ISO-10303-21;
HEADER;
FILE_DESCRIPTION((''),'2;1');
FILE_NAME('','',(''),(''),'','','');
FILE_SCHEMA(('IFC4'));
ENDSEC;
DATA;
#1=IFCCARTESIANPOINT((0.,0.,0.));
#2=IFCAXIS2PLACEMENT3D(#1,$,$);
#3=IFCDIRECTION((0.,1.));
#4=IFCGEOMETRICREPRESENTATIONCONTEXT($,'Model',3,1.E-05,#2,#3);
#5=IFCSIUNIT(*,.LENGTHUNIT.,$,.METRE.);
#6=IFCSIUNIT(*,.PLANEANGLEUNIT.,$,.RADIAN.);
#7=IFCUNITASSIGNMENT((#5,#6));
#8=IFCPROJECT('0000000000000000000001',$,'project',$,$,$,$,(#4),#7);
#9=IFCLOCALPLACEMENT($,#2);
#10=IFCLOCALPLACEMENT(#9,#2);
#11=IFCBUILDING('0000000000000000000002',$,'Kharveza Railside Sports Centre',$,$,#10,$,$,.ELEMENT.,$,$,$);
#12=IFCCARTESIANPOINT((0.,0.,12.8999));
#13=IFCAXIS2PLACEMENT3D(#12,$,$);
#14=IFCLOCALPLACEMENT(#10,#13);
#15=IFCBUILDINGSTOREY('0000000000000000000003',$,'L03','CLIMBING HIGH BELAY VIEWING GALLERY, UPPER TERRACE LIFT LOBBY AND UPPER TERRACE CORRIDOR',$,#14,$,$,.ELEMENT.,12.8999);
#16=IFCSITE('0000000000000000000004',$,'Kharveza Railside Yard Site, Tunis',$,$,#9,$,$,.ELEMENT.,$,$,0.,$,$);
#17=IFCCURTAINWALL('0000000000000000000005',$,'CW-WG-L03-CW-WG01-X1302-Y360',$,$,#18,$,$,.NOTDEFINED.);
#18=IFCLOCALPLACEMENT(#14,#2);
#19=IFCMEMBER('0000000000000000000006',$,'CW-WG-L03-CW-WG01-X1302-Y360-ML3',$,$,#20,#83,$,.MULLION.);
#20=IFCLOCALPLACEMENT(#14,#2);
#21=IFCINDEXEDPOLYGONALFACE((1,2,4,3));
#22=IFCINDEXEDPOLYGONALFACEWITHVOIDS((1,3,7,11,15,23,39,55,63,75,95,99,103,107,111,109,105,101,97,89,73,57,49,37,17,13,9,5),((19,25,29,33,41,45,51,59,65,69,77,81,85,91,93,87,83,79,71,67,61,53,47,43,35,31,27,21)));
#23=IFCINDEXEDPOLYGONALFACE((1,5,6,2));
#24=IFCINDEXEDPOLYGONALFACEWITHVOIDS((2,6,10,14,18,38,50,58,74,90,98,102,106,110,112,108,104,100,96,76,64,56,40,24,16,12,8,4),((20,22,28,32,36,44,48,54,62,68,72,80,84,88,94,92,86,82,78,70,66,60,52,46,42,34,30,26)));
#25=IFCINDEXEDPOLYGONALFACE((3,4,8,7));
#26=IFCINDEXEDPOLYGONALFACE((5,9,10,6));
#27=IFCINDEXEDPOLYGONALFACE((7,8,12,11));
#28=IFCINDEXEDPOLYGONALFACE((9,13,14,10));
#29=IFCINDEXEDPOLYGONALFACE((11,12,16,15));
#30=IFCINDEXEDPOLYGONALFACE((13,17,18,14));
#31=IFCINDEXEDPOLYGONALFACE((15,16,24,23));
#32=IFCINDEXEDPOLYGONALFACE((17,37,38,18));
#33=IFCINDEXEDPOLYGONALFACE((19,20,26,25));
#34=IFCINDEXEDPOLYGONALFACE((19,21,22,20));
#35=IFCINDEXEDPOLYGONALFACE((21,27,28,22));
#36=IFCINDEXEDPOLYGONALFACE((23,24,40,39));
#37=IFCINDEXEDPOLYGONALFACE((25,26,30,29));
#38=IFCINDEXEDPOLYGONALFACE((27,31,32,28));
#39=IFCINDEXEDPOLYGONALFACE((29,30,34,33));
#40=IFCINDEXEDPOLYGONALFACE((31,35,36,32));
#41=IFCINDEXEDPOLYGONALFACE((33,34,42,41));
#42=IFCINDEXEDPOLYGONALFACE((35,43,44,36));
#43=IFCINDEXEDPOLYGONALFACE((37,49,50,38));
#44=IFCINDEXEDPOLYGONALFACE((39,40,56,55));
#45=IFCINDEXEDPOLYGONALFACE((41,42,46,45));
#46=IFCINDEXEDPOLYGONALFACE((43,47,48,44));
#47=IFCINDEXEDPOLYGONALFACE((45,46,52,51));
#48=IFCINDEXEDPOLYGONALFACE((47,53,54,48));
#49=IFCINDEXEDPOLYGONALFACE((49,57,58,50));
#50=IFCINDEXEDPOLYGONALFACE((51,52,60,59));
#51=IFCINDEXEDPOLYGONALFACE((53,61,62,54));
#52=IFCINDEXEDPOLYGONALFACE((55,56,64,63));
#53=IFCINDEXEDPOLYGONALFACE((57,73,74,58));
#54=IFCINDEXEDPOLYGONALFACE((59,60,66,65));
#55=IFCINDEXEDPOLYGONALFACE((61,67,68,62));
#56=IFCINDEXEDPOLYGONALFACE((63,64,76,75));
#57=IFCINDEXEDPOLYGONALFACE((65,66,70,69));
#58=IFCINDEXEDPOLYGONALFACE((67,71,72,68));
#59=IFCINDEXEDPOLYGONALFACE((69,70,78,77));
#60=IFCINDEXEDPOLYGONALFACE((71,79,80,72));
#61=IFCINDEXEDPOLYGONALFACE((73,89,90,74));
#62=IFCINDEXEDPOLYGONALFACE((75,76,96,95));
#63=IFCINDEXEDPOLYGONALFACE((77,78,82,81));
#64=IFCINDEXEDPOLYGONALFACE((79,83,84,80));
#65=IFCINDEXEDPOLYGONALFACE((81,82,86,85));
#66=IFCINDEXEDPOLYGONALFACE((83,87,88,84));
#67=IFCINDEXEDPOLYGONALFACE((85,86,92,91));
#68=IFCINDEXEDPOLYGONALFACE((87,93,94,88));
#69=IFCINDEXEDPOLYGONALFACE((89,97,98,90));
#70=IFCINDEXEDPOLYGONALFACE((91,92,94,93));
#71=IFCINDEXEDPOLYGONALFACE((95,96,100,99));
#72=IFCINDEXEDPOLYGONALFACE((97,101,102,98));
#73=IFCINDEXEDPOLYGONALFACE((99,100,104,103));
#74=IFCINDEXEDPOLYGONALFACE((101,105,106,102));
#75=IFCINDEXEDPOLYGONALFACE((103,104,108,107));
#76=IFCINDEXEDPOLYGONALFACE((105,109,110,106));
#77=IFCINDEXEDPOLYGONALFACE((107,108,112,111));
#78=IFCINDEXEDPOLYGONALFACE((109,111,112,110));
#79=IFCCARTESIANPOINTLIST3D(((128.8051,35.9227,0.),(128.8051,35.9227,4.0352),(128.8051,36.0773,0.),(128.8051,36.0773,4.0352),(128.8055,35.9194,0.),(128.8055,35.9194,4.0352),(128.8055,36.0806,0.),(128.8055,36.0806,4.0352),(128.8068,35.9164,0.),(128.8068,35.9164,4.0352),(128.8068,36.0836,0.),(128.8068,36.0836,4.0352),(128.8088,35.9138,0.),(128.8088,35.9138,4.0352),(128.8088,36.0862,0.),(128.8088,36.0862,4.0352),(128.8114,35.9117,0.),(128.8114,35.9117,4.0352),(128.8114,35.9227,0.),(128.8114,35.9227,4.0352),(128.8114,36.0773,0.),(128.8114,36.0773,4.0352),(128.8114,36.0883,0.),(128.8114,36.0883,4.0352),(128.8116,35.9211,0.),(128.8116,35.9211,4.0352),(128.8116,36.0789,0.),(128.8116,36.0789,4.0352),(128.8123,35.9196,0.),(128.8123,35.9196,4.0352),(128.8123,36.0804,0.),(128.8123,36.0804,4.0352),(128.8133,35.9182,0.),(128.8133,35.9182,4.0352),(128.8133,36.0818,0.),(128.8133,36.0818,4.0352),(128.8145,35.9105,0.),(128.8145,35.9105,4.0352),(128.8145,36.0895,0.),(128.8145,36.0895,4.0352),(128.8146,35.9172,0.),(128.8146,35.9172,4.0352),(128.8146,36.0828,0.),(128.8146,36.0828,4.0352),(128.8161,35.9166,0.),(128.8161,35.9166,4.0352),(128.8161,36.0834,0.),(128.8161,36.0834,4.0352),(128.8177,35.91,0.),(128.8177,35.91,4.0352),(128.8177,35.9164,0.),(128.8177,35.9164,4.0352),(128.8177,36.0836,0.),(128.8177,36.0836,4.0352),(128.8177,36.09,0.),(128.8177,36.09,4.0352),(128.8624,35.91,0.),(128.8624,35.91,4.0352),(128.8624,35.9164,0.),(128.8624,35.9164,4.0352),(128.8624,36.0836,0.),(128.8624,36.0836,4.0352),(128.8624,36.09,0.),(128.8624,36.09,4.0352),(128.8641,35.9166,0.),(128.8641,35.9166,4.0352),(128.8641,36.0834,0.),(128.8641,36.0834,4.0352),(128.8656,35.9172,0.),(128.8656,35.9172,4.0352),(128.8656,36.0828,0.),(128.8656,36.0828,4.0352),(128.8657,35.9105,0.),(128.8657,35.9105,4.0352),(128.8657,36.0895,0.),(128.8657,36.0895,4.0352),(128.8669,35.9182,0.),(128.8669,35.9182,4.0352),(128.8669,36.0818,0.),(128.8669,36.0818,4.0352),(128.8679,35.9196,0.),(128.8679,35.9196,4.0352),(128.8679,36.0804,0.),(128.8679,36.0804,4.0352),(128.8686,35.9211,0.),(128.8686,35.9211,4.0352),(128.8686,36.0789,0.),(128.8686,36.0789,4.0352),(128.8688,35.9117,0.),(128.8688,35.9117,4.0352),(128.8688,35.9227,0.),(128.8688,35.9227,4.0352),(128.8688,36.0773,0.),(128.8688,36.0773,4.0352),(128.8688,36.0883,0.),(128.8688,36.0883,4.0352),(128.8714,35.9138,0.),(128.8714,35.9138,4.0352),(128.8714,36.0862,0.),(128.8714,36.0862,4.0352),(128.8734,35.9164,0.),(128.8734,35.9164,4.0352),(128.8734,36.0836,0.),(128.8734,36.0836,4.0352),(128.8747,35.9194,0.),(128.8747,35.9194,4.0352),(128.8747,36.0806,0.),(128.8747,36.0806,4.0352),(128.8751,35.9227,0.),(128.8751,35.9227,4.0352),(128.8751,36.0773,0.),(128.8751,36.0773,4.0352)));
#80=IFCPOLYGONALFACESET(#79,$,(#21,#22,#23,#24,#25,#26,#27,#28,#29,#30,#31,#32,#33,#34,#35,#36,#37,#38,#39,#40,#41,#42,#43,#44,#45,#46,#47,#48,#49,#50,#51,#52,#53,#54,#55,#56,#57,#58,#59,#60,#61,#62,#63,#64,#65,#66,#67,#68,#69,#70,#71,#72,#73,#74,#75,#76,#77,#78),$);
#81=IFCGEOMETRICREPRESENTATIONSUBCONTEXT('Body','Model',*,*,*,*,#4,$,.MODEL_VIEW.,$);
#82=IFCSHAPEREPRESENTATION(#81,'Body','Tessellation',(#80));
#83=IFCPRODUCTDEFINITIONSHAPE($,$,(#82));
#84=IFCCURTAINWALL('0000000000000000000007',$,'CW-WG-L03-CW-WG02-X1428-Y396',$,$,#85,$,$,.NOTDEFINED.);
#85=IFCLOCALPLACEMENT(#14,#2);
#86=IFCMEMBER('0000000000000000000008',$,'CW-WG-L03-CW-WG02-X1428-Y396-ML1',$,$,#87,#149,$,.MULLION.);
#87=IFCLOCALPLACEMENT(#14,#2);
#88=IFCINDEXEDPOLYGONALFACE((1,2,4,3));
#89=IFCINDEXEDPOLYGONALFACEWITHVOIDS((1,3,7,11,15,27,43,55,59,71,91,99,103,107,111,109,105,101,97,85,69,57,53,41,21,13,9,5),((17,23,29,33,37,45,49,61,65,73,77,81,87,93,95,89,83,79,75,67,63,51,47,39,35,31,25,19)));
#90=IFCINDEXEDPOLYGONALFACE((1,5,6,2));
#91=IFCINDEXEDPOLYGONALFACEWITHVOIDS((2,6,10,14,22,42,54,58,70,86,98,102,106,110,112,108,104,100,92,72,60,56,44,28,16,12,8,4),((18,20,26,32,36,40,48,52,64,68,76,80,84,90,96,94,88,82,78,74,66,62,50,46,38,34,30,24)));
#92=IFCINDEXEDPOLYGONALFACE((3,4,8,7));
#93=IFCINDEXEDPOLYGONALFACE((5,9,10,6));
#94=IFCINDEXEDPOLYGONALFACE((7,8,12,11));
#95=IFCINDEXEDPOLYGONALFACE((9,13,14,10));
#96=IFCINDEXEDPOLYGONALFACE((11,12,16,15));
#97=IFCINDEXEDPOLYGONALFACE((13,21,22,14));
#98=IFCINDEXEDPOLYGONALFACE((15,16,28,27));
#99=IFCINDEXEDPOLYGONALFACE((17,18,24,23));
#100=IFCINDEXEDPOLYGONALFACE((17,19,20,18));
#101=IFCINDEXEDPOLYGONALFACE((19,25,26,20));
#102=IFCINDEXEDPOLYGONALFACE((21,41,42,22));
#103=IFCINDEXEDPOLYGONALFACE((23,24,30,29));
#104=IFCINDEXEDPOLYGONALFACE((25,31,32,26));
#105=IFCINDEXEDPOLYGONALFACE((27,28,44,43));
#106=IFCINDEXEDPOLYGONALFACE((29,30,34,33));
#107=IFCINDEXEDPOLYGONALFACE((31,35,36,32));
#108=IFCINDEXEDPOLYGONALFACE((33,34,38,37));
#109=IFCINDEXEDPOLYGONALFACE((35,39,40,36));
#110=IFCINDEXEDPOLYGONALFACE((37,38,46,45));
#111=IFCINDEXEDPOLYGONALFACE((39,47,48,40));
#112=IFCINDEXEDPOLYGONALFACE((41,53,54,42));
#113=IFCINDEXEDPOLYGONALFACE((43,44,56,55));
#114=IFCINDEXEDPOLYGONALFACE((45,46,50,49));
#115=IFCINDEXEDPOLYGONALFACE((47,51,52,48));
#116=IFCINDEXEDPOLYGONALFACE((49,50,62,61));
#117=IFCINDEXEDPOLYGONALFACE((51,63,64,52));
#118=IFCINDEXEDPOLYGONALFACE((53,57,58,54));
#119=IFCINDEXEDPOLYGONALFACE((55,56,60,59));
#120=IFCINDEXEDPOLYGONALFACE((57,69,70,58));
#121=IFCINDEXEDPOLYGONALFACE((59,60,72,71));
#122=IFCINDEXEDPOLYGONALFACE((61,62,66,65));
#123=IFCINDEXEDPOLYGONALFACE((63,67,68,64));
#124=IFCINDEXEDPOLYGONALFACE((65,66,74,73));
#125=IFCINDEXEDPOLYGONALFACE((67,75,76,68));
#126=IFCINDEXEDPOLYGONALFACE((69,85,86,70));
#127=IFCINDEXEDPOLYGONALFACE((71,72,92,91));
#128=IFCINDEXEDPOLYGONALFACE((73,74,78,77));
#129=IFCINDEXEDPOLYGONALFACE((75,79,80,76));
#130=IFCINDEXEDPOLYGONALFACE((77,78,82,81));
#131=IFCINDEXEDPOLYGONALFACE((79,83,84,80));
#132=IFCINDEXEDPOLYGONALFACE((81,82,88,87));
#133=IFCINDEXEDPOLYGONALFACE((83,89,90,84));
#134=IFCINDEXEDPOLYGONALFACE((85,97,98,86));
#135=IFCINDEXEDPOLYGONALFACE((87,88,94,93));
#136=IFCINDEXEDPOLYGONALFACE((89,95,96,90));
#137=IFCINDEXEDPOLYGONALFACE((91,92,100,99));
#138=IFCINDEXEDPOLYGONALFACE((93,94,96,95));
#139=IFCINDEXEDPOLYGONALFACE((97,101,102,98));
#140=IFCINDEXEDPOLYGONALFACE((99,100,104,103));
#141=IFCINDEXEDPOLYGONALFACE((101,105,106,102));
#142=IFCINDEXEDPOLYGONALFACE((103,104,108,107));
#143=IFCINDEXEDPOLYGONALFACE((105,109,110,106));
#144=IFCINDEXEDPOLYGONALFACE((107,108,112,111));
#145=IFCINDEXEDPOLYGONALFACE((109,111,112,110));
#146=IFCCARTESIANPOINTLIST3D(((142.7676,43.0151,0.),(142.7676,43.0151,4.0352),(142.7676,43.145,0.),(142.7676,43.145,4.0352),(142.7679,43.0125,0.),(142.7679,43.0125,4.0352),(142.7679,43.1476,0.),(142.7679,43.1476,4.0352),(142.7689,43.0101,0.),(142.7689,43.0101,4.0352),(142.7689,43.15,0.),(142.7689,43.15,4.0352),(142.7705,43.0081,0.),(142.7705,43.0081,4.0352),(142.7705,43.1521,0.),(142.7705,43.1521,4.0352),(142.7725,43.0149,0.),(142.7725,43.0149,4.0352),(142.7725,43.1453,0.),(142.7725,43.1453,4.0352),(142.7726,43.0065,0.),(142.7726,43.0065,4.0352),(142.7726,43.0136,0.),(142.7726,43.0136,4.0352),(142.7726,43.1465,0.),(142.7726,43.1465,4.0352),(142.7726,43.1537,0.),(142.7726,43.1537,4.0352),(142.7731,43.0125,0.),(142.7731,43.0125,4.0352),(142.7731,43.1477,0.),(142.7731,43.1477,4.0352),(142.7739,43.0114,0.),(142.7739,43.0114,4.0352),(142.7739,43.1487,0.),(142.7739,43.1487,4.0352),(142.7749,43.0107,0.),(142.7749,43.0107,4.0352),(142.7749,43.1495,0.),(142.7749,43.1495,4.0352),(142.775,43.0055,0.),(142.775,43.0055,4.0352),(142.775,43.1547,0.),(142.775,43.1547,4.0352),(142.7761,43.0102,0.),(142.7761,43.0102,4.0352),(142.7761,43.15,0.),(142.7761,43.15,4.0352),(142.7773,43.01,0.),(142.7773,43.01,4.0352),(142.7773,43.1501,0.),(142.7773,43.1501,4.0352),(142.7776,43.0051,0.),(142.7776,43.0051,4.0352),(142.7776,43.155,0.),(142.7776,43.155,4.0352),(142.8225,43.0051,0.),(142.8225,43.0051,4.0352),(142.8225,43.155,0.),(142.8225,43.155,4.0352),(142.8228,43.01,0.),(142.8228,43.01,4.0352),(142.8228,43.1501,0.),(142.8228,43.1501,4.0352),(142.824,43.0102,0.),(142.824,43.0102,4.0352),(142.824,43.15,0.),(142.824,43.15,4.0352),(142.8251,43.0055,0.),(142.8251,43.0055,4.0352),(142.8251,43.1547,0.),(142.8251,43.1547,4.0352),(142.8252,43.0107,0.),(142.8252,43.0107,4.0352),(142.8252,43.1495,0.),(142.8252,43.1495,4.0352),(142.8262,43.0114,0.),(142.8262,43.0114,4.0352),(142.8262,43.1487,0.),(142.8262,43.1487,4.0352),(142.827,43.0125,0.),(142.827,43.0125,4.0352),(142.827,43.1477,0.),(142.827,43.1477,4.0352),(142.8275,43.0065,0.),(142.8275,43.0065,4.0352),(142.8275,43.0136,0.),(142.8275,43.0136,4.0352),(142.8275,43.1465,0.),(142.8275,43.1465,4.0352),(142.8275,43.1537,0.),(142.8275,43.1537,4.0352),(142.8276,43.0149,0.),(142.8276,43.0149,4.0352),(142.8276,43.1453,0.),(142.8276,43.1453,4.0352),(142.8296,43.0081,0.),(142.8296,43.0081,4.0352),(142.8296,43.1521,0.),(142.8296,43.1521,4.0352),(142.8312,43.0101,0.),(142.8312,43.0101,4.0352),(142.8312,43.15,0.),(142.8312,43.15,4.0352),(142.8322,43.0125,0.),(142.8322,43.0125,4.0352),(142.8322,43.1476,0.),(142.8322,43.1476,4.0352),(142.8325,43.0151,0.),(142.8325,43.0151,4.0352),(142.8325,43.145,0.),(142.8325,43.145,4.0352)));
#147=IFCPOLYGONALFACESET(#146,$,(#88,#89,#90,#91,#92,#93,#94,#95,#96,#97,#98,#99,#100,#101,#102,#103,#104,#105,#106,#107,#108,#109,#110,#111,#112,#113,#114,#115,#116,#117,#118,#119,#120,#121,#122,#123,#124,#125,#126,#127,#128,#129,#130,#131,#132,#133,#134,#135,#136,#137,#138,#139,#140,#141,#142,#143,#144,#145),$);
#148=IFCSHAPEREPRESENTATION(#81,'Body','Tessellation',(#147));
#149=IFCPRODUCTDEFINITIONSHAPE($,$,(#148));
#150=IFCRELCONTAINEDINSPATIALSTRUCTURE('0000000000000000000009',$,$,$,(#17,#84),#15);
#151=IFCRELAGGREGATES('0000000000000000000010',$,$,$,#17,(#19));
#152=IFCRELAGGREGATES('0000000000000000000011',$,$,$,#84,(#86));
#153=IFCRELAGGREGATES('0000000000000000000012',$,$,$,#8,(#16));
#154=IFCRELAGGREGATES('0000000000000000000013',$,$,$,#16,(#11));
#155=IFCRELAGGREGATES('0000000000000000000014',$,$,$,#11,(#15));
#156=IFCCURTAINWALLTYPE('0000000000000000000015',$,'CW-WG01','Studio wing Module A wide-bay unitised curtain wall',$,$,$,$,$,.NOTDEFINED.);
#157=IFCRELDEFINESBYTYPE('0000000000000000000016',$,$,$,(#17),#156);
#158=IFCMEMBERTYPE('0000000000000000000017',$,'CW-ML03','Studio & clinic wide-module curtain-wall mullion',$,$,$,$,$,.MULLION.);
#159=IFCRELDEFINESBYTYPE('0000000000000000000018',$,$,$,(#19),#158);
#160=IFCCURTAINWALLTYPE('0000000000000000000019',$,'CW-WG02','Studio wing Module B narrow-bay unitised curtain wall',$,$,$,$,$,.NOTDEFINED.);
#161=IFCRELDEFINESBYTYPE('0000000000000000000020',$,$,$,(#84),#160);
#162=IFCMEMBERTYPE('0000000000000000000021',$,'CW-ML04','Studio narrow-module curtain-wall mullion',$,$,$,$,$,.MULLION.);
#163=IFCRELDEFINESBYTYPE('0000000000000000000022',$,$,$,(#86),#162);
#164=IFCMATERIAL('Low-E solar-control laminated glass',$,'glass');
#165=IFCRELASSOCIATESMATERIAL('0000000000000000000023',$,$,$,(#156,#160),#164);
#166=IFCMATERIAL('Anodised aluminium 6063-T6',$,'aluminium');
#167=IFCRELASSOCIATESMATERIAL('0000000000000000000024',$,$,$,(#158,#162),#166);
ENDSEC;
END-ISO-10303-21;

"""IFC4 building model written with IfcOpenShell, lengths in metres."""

from ifc_helpers import new_model, si_unit, direction, frame, origin, origin_2d, place, context, subcontext, project, spatial, hollow_rectangle, extrude, material, material_profile, profile_set, type_object, element, aggregate, save


model = new_model("IFC4")

# Units and contexts
model_context = context("Model", 3, precision=1e-05, world=origin(), true_north=direction((0.0, 1.0)))
body_context = subcontext(model_context, "Body", "Model", "MODEL_VIEW")
ifc_project = project(units=[si_unit("LENGTHUNIT", "METRE"), si_unit("PLANEANGLEUNIT", "RADIAN")], contexts=[model_context])

# Site, building, storey
site_placement = place(None, origin())
site = spatial("IfcSite", under=ifc_project, at=site_placement, Name="Kharveza Railside Yard Site, Tunis", CompositionType="ELEMENT", RefElevation=0.0)
building_placement = place(site_placement, origin())
building = spatial("IfcBuilding", under=site, at=building_placement, Name="Kharveza Railside Sports Centre", CompositionType="ELEMENT")
storey_placement = place(building_placement, frame((0.0, 0.0, 12.8999)))
storey = spatial("IfcBuildingStorey", under=building, at=storey_placement, Name="L03", Description="CLIMBING HIGH BELAY VIEWING GALLERY, UPPER TERRACE LIFT LOBBY AND UPPER TERRACE CORRIDOR", CompositionType="ELEMENT", Elevation=12.8999)

# Curtain walls, members
ifc_material_1 = material(Name="Low-E solar-control laminated glass", Category="glass")
curtain_wall_type_1 = type_object("IfcCurtainWallType", Name="CW-WG01", Description="Studio wing Module A wide-bay unitised curtain wall", PredefinedType="NOTDEFINED", material=ifc_material_1)
curtain_wall_1_placement = place(storey_placement, origin())
curtain_wall_1 = element("IfcCurtainWall", 1, at=curtain_wall_1_placement, inside=storey, type_object=curtain_wall_type_1, Name="CW-WG-L03-CW-WG01-X1302-Y360", PredefinedType="NOTDEFINED")
ifc_material_2 = material(Name="Anodised aluminium 6063-T6", Category="aluminium")
ifc_material_profile_1 = material_profile(ifc_material_2, hollow_rectangle(XDim=0.0701, YDim=0.1799, WallThickness=0.0063, InnerFilletRadius=0.0063, OuterFilletRadius=0.0127, at=origin_2d()), Name="RHS 70x180x6.3")
ifc_profile_set_1 = profile_set([ifc_material_profile_1], Name="Anodised aluminium 6063-T6")
member_type_1 = type_object("IfcMemberType", Name="CW-ML03", Description="Studio & clinic wide-module curtain-wall mullion", PredefinedType="MULLION", material=ifc_profile_set_1)
member_1_placement = place(storey_placement, frame((128.8401, 36.0, 0.0), z_axis=(0.0, 0.0, 1.0), x_axis=(1.0, 0.0, 0.0)))
member_1 = element("IfcMember", 2, at=member_1_placement, type_object=member_type_1, Name="CW-WG-L03-CW-WG01-X1302-Y360-ML3", PredefinedType="MULLION", context=body_context, shape_type="SweptSolid", body=[
    extrude(hollow_rectangle(XDim=0.0701, YDim=0.1799, WallThickness=0.0063, InnerFilletRadius=0.0063, OuterFilletRadius=0.0127, at=origin_2d()), origin(), (0.0, 0.0, 1.0), 4.0352),
])
curtain_wall_type_2 = type_object("IfcCurtainWallType", Name="CW-WG02", Description="Studio wing Module B narrow-bay unitised curtain wall", PredefinedType="NOTDEFINED", material=ifc_material_1)
curtain_wall_2_placement = place(storey_placement, origin())
curtain_wall_2 = element("IfcCurtainWall", 3, at=curtain_wall_2_placement, inside=storey, type_object=curtain_wall_type_2, Name="CW-WG-L03-CW-WG02-X1428-Y396", PredefinedType="NOTDEFINED")
ifc_material_profile_2 = material_profile(ifc_material_2, hollow_rectangle(XDim=0.0649, YDim=0.1499, WallThickness=0.0049, InnerFilletRadius=0.0049, OuterFilletRadius=0.01, at=origin_2d()), Name="RHS 65x150x5.0")
ifc_profile_set_2 = profile_set([ifc_material_profile_2], Name="Anodised aluminium 6063-T6")
member_type_2 = type_object("IfcMemberType", Name="CW-ML04", Description="Studio narrow-module curtain-wall mullion", PredefinedType="MULLION", material=ifc_profile_set_2)
member_2_placement = place(storey_placement, frame((142.8, 43.0801, 0.0), z_axis=(0.0, 0.0, 1.0), x_axis=(1.0, 0.0, 0.0)))
member_2 = element("IfcMember", 4, at=member_2_placement, type_object=member_type_2, Name="CW-WG-L03-CW-WG02-X1428-Y396-ML1", PredefinedType="MULLION", context=body_context, shape_type="SweptSolid", body=[
    extrude(hollow_rectangle(XDim=0.0649, YDim=0.1499, WallThickness=0.0049, InnerFilletRadius=0.0049, OuterFilletRadius=0.01, at=origin_2d()), origin(), (0.0, 0.0, 1.0), 4.0352),
])

aggregate(curtain_wall_1, [member_1])
aggregate(curtain_wall_2, [member_2])

save(model, "model.ifc")
